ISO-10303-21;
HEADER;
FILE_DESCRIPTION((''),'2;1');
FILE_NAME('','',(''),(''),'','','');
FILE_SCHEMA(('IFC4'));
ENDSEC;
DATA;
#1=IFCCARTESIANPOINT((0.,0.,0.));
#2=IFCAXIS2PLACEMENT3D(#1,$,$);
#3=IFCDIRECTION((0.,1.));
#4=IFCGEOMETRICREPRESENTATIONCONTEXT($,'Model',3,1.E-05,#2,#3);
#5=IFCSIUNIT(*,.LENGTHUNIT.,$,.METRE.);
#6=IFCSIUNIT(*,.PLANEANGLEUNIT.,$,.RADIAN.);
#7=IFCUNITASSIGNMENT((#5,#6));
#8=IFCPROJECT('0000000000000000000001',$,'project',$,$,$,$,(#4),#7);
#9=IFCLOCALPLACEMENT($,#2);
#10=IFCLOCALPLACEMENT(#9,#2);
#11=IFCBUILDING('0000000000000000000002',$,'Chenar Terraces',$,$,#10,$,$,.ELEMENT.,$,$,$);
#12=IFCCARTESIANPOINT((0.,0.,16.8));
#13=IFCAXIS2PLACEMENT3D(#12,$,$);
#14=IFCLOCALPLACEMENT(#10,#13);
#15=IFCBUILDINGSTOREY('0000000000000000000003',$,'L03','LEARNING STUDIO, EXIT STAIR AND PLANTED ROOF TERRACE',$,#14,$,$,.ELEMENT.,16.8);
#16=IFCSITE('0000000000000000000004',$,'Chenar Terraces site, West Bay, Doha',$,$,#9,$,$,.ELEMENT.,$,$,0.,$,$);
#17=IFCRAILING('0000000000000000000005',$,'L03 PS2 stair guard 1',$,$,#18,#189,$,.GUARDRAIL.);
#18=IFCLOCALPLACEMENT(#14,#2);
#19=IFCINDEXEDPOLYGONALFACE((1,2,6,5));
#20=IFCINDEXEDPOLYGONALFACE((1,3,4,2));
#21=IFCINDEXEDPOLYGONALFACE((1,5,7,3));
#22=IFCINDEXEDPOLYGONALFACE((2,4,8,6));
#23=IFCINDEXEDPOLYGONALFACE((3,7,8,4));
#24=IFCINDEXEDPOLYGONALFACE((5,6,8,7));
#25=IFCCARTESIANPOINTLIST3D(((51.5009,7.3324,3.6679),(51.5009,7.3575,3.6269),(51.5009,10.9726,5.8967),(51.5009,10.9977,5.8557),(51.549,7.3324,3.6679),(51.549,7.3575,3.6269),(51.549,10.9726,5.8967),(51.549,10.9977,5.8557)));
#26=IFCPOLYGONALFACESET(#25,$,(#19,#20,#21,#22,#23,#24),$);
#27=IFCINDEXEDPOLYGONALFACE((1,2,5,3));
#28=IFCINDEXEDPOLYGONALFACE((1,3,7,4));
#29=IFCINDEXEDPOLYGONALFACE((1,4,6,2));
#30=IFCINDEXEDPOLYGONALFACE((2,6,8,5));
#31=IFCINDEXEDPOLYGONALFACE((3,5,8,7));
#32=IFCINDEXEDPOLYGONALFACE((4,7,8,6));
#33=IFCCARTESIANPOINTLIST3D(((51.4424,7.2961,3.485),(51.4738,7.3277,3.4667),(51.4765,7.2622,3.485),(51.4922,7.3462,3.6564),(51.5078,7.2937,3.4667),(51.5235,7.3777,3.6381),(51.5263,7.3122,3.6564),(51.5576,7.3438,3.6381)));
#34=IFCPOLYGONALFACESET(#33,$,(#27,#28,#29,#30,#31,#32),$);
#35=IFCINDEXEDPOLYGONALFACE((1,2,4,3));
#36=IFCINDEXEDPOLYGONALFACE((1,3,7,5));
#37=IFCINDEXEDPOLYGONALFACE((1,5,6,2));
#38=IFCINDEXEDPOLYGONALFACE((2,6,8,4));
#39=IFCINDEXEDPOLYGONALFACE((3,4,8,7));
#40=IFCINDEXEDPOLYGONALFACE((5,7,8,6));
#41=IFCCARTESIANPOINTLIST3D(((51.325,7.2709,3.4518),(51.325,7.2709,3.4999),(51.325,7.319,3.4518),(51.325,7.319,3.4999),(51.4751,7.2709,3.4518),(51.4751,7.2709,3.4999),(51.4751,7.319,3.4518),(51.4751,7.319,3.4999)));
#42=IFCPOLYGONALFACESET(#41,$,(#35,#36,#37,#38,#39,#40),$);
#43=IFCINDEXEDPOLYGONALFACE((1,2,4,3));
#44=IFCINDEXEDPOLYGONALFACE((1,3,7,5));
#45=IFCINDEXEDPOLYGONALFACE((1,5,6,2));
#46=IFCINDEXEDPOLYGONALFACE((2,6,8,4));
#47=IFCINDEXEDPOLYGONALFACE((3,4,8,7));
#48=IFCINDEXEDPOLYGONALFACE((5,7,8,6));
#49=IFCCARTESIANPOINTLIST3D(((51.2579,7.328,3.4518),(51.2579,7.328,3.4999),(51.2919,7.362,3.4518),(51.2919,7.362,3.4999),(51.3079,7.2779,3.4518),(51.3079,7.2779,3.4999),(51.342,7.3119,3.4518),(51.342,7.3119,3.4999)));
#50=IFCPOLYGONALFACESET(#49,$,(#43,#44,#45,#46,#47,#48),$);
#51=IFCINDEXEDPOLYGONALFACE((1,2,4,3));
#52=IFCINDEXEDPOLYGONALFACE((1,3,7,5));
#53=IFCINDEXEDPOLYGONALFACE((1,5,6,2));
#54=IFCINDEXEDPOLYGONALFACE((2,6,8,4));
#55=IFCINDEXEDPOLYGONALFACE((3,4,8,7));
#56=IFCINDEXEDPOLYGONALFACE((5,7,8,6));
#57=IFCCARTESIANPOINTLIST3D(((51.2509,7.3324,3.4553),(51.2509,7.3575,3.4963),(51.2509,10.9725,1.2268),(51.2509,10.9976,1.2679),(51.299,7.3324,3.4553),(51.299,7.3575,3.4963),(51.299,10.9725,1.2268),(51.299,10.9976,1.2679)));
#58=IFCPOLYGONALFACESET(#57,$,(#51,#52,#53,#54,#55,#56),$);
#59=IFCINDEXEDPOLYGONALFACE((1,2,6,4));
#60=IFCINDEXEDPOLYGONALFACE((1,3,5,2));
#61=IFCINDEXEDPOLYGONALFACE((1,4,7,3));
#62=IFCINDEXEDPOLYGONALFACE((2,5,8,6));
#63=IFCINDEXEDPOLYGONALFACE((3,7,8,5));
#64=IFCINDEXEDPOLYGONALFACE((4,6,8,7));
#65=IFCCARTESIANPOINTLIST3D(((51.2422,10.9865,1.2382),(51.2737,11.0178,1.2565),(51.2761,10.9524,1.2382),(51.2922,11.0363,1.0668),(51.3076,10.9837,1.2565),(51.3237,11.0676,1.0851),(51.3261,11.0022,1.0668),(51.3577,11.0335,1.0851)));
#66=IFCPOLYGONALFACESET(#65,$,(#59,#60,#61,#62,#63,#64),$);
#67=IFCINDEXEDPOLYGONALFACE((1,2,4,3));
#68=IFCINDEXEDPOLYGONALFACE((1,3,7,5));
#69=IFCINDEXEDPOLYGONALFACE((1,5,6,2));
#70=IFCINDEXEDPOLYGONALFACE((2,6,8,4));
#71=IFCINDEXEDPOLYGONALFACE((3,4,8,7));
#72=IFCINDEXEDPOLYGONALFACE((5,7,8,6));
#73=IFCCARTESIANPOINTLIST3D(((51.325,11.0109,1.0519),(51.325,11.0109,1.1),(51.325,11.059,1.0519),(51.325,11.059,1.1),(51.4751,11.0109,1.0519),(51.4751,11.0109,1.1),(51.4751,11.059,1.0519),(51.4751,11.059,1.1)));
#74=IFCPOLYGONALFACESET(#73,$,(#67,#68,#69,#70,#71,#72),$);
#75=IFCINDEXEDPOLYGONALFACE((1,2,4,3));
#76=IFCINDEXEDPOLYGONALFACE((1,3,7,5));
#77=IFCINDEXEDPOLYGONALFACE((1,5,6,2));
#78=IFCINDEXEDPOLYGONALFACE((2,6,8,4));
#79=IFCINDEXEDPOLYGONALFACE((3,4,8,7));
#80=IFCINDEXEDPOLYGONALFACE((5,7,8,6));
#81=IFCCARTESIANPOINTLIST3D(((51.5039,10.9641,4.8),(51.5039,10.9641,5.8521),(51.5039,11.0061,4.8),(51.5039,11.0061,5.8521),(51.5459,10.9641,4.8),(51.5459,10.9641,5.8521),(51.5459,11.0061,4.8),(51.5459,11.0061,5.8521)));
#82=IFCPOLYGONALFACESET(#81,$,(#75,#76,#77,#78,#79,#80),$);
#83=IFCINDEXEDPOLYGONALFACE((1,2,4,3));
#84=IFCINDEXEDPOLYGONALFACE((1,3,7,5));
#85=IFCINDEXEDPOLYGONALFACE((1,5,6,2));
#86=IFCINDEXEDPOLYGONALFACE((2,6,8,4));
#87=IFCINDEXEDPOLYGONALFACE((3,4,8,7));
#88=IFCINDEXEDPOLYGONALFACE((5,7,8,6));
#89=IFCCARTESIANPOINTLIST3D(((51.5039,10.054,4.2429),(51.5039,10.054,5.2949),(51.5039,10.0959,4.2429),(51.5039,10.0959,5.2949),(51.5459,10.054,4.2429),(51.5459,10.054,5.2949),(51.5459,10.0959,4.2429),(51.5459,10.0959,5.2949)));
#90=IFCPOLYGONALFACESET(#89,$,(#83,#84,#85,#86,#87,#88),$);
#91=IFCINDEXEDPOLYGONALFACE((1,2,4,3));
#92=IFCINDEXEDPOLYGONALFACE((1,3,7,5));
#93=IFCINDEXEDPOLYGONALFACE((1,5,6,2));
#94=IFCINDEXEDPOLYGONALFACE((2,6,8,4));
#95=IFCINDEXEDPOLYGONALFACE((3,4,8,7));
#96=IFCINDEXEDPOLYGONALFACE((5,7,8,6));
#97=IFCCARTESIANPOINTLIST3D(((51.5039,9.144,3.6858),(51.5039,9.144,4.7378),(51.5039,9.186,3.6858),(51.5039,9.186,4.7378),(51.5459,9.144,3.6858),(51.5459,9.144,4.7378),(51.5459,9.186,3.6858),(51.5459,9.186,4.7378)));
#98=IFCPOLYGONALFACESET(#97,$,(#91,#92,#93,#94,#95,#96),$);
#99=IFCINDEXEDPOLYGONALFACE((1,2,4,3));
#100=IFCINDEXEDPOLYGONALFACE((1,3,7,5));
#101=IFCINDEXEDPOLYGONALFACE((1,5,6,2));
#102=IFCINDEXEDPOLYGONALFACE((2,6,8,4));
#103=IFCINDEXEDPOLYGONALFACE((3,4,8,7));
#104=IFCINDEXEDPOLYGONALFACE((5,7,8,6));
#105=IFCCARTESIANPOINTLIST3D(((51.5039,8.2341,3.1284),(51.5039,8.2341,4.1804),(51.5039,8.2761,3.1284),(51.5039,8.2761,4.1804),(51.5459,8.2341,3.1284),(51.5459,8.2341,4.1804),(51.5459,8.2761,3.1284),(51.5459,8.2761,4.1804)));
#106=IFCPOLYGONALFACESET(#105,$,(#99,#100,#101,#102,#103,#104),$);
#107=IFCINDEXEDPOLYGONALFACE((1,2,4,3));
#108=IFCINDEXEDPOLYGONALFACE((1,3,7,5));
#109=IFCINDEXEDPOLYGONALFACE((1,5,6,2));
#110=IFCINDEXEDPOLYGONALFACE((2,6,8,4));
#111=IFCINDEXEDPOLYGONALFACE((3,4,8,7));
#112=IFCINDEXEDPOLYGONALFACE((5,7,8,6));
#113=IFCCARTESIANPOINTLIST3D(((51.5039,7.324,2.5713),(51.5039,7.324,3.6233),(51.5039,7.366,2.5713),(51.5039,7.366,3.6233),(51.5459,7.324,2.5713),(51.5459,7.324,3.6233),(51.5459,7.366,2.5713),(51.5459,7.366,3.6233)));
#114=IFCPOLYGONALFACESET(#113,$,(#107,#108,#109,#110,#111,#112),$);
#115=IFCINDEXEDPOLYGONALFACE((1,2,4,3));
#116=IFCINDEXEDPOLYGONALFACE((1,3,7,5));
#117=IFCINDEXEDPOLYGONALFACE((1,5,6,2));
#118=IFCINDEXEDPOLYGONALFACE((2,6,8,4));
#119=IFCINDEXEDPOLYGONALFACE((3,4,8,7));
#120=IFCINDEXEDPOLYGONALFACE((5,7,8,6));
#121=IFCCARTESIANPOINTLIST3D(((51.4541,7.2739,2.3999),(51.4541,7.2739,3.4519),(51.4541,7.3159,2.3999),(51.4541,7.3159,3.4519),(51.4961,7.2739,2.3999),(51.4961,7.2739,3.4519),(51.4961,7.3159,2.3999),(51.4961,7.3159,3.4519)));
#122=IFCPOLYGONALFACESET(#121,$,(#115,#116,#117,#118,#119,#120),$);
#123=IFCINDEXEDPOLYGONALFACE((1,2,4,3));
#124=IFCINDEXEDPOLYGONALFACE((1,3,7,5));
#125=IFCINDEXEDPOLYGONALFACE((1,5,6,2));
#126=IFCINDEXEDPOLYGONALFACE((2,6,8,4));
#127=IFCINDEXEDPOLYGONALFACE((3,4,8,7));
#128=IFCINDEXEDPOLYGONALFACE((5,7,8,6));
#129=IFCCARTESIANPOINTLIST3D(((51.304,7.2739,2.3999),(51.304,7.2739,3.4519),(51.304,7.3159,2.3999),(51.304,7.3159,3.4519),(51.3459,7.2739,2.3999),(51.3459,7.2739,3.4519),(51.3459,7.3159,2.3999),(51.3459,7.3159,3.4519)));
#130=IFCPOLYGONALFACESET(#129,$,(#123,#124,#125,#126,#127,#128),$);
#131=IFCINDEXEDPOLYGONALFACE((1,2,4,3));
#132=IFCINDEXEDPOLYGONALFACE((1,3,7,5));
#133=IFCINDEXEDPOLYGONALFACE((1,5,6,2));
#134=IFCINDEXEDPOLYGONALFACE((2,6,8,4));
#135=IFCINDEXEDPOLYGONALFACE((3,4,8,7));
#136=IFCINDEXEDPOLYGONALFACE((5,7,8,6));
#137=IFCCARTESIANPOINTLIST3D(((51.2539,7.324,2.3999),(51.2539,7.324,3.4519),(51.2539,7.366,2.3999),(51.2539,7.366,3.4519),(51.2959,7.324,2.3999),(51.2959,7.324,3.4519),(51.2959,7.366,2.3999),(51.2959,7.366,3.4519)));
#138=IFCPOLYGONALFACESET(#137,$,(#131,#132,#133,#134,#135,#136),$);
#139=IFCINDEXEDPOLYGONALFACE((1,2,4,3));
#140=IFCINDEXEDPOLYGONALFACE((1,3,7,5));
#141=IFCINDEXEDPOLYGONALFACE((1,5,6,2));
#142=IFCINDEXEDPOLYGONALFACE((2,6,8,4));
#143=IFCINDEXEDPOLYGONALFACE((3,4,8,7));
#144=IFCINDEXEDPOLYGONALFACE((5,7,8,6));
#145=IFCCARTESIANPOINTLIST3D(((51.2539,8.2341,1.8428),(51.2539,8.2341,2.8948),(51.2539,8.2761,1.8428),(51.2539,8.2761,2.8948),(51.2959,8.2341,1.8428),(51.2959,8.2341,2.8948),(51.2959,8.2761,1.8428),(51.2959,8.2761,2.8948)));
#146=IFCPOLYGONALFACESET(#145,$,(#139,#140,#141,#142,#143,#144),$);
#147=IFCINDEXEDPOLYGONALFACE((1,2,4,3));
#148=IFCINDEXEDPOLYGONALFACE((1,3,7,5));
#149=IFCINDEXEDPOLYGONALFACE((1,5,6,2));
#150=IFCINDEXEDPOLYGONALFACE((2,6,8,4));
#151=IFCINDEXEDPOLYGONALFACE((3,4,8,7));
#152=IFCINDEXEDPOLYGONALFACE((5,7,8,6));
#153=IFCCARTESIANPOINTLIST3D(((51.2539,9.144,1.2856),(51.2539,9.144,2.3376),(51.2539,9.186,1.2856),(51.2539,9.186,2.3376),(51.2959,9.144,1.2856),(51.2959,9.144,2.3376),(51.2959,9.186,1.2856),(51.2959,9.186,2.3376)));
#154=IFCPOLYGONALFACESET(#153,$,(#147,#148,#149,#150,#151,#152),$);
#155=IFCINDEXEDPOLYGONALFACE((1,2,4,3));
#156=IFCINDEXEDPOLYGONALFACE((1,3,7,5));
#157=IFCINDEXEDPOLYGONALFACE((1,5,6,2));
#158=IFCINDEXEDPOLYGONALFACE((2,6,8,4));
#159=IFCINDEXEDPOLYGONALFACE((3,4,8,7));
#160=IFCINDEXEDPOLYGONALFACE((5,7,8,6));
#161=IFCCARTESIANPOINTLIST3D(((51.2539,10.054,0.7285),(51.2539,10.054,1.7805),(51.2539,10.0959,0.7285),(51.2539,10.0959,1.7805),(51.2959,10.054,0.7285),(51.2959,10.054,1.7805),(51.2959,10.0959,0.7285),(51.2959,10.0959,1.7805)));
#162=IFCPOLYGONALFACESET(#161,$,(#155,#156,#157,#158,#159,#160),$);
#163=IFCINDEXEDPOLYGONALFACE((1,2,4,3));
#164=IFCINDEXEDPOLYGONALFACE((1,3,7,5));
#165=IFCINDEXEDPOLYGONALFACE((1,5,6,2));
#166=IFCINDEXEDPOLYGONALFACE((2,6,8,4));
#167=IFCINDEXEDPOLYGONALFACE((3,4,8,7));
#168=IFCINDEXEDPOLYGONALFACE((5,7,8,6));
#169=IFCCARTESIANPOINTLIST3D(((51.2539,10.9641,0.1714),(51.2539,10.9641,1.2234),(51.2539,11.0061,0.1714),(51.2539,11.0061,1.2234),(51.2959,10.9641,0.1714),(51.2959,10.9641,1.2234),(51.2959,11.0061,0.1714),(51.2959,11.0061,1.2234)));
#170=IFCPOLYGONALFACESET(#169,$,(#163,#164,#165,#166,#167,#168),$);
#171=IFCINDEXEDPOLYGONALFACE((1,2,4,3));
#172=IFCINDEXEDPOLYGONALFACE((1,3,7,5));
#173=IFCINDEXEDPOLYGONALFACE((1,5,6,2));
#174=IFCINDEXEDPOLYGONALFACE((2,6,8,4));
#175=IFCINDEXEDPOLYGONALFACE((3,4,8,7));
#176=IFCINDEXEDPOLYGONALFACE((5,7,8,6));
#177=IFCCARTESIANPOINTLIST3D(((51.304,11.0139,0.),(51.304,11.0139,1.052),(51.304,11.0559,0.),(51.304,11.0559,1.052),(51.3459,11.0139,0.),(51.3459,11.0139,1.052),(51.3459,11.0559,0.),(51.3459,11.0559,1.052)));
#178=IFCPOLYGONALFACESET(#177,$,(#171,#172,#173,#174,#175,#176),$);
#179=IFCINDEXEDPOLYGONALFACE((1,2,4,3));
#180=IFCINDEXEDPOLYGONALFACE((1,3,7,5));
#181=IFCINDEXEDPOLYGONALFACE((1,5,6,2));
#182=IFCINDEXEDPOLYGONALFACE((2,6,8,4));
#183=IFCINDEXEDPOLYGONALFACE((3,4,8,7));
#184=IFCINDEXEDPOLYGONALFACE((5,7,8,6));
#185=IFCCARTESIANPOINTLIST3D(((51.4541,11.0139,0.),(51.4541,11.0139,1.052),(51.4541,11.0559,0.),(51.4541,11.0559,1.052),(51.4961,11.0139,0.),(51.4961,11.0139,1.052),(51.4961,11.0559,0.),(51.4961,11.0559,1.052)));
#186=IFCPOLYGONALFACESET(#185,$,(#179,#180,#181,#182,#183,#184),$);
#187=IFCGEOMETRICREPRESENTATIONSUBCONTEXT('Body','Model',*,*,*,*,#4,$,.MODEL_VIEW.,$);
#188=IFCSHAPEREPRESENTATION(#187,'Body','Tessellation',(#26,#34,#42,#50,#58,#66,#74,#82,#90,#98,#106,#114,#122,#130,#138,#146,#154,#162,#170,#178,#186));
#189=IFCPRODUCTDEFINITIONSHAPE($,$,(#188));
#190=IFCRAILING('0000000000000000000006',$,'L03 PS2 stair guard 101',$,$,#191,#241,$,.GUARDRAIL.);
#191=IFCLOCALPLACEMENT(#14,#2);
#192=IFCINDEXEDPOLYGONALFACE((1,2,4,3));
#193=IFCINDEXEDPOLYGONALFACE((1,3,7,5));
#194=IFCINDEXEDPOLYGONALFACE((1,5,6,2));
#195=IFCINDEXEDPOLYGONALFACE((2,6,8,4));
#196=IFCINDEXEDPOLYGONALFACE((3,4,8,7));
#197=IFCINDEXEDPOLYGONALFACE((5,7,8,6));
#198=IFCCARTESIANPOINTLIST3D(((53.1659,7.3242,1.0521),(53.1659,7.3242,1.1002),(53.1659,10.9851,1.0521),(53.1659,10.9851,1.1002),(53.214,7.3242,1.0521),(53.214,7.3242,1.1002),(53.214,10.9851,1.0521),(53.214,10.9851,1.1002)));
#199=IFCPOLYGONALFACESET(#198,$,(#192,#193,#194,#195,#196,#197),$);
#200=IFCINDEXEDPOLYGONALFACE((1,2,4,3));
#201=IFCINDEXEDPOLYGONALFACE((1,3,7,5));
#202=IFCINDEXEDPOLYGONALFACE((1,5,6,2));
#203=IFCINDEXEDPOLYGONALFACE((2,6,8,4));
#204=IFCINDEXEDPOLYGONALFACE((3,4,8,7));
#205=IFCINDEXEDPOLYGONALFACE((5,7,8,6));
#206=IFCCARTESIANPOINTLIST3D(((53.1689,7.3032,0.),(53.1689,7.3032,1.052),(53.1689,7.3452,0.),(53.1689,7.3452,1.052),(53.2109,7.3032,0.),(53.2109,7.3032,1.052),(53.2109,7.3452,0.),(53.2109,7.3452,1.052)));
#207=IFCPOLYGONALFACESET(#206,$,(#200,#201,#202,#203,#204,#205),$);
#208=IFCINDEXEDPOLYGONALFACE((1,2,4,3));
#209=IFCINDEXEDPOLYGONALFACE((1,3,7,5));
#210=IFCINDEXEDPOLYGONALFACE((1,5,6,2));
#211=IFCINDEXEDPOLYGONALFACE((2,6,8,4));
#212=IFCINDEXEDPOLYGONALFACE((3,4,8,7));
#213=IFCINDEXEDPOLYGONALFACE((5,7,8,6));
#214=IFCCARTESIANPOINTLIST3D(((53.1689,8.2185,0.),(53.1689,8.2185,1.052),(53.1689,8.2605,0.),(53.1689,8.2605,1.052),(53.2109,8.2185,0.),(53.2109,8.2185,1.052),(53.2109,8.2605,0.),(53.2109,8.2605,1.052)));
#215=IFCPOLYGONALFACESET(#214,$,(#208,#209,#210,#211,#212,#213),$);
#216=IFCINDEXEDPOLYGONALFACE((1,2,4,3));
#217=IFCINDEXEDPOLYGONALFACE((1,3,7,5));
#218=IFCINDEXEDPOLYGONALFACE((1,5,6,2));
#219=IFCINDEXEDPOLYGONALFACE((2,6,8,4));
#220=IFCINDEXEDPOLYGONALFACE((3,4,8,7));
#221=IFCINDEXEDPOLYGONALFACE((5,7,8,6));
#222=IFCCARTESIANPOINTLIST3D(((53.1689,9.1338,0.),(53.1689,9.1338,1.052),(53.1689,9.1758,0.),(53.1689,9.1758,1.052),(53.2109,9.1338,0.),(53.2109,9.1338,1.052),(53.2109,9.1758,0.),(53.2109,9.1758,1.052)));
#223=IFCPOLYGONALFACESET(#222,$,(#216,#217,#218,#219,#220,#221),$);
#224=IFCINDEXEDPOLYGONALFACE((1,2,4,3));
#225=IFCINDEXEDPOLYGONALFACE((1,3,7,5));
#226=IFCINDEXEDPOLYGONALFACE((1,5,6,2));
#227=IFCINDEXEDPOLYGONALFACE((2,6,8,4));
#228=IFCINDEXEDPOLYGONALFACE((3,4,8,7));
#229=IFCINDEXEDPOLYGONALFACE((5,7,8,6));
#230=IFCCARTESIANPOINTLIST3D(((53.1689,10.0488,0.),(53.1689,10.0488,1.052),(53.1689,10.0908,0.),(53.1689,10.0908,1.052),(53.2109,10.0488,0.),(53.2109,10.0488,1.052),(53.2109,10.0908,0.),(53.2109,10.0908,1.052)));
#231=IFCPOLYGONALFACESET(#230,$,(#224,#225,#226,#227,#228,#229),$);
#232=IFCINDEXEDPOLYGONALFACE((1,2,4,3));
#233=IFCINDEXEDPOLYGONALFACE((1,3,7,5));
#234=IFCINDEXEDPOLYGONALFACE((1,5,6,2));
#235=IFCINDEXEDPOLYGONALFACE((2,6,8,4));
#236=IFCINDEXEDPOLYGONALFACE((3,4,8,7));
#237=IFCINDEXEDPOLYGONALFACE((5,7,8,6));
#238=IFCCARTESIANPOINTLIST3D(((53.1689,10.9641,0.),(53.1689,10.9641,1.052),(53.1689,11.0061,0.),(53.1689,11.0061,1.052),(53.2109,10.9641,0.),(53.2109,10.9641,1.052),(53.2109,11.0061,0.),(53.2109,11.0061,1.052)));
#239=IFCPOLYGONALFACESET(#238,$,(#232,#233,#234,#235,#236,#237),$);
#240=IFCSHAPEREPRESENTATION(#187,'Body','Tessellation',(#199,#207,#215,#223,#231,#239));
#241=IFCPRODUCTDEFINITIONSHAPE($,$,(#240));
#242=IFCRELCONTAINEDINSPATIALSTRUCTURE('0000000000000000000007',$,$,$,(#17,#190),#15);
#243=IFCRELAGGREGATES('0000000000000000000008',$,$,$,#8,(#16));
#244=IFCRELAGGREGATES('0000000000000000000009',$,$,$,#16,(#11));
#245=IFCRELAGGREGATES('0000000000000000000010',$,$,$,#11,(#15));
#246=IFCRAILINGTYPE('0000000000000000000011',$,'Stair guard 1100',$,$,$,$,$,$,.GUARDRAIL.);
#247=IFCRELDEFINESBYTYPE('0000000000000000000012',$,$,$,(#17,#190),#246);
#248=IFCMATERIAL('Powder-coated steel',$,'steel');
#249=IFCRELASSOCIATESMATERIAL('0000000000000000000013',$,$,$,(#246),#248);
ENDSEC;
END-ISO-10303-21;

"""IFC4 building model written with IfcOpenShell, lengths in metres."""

from ifc_helpers import new_model, si_unit, direction, frame, origin, origin_2d, place, context, subcontext, project, spatial, rectangle, extrude, material, type_object, element, save


model = new_model("IFC4")

# Units and contexts
model_context = context("Model", 3, precision=1e-05, world=origin(), true_north=direction((0.0, 1.0)))
body_context = subcontext(model_context, "Body", "Model", "MODEL_VIEW")
ifc_project = project(units=[si_unit("LENGTHUNIT", "METRE"), si_unit("PLANEANGLEUNIT", "RADIAN")], contexts=[model_context])

# Site, building, storey
site_placement = place(None, origin())
site = spatial("IfcSite", under=ifc_project, at=site_placement, Name="Chenar Terraces site, West Bay, Doha", CompositionType="ELEMENT", RefElevation=0.0)
building_placement = place(site_placement, origin())
building = spatial("IfcBuilding", under=site, at=building_placement, Name="Chenar Terraces", CompositionType="ELEMENT")
storey_placement = place(building_placement, frame((0.0, 0.0, 16.8)))
storey = spatial("IfcBuildingStorey", under=building, at=storey_placement, Name="L03", Description="LEARNING STUDIO, EXIT STAIR AND PLANTED ROOF TERRACE", CompositionType="ELEMENT", Elevation=16.8)

# Railings
ifc_material_1 = material(Name="Powder-coated steel", Category="steel")
railing_type_1 = type_object("IfcRailingType", Name="Stair guard 1100", PredefinedType="GUARDRAIL", material=ifc_material_1)
railing_1_placement = place(storey_placement, frame((51.5249, 10.9851, 4.8)))
element("IfcRailing", 1, at=railing_1_placement, inside=storey, type_object=railing_type_1, Name="L03 PS2 stair guard 1", PredefinedType="GUARDRAIL", context=body_context, shape_type="SweptSolid", body=[
    extrude(rectangle(XDim=0.0481, YDim=0.0481, at=origin_2d()), frame((0.0, 0.0, 1.0762), z_axis=(0.0, -0.85284, -0.522172), x_axis=(1.0, 0.0, 0.0)), (0.0, 0.0, 1.0), 4.2683),
    extrude(rectangle(XDim=0.0481, YDim=0.0481, at=origin_2d()), frame((0.0, -3.6401, -1.1528), z_axis=(-0.26869, -0.270007, -0.924609), x_axis=(0.708834, -0.705376, 0.0)), (0.0, 0.0, 1.0), 0.1853),
    extrude(rectangle(XDim=0.0481, YDim=0.0481, at=origin_2d()), frame((-0.0498, -3.6902, -1.3242), z_axis=(-1.0, 0.0, 0.0), x_axis=(0.0, -1.0, 0.0)), (0.0, 0.0, 1.0), 0.1501),
    extrude(rectangle(XDim=0.0481, YDim=0.0481, at=origin_2d()), frame((-0.2, -3.6902, -1.3242), z_axis=(-0.707107, 0.707107, 0.0), x_axis=(-0.707107, -0.707107, 0.0)), (0.0, 0.0, 1.0), 0.0708),
    extrude(rectangle(XDim=0.0481, YDim=0.0481, at=origin_2d()), frame((-0.25, -3.6401, -1.3242), z_axis=(0.0, 0.852866, -0.52213), x_axis=(-1.0, 0.0, 0.0)), (0.0, 0.0, 1.0), 4.2681),
    extrude(rectangle(XDim=0.0481, YDim=0.0481, at=origin_2d()), frame((-0.25, 0.0, -3.5527), z_axis=(0.270007, 0.26869, -0.924609), x_axis=(-0.705376, 0.708834, 0.0)), (0.0, 0.0, 1.0), 0.1853),
    extrude(rectangle(XDim=0.0481, YDim=0.0481, at=origin_2d()), frame((-0.2, 0.0498, -3.7241), z_axis=(1.0, 0.0, 0.0), x_axis=(0.0, 1.0, 0.0)), (0.0, 0.0, 1.0), 0.1501),
    extrude(rectangle(XDim=0.042, YDim=0.042, at=origin_2d()), origin(), (0.0, 0.0, 1.0), 1.052),
    extrude(rectangle(XDim=0.042, YDim=0.042, at=origin_2d()), frame((0.0, -0.9102, -0.5571)), (0.0, 0.0, 1.0), 1.052),
    extrude(rectangle(XDim=0.042, YDim=0.042, at=origin_2d()), frame((0.0, -1.8201, -1.1143)), (0.0, 0.0, 1.0), 1.052),
    extrude(rectangle(XDim=0.042, YDim=0.042, at=origin_2d()), frame((0.0, -2.73, -1.6716)), (0.0, 0.0, 1.0), 1.052),
    extrude(rectangle(XDim=0.042, YDim=0.042, at=origin_2d()), frame((0.0, -3.6401, -2.2288)), (0.0, 0.0, 1.0), 1.052),
    extrude(rectangle(XDim=0.042, YDim=0.042, at=origin_2d()), frame((-0.0498, -3.6902, -2.4001)), (0.0, 0.0, 1.0), 1.052),
    extrude(rectangle(XDim=0.042, YDim=0.042, at=origin_2d()), frame((-0.2, -3.6902, -2.4001)), (0.0, 0.0, 1.0), 1.052),
    extrude(rectangle(XDim=0.042, YDim=0.042, at=origin_2d()), frame((-0.25, -3.6401, -2.4001)), (0.0, 0.0, 1.0), 1.052),
    extrude(rectangle(XDim=0.042, YDim=0.042, at=origin_2d()), frame((-0.25, -2.73, -2.9573)), (0.0, 0.0, 1.0), 1.052),
    extrude(rectangle(XDim=0.042, YDim=0.042, at=origin_2d()), frame((-0.25, -1.8201, -3.5144)), (0.0, 0.0, 1.0), 1.052),
    extrude(rectangle(XDim=0.042, YDim=0.042, at=origin_2d()), frame((-0.25, -0.9102, -4.0715)), (0.0, 0.0, 1.0), 1.052),
    extrude(rectangle(XDim=0.042, YDim=0.042, at=origin_2d()), frame((-0.25, 0.0, -4.6287)), (0.0, 0.0, 1.0), 1.052),
    extrude(rectangle(XDim=0.042, YDim=0.042, at=origin_2d()), frame((-0.2, 0.0498, -4.8)), (0.0, 0.0, 1.0), 1.052),
    extrude(rectangle(XDim=0.042, YDim=0.042, at=origin_2d()), frame((-0.0498, 0.0498, -4.8)), (0.0, 0.0, 1.0), 1.052),
])
railing_2_placement = place(storey_placement, frame((53.1899, 7.3242, 0.0)))
element("IfcRailing", 2, at=railing_2_placement, inside=storey, type_object=railing_type_1, Name="L03 PS2 stair guard 101", PredefinedType="GUARDRAIL", context=body_context, shape_type="SweptSolid", body=[
    extrude(rectangle(XDim=0.0481, YDim=0.0481, at=origin_2d()), frame((0.0, 0.0, 1.0762), z_axis=(0.0, 1.0, 0.0), x_axis=(-1.0, 0.0, 0.0)), (0.0, 0.0, 1.0), 3.6609),
    extrude(rectangle(XDim=0.042, YDim=0.042, at=origin_2d()), origin(), (0.0, 0.0, 1.0), 1.052),
    extrude(rectangle(XDim=0.042, YDim=0.042, at=origin_2d()), frame((0.0, 0.9153, 0.0)), (0.0, 0.0, 1.0), 1.052),
    extrude(rectangle(XDim=0.042, YDim=0.042, at=origin_2d()), frame((0.0, 1.8306, 0.0)), (0.0, 0.0, 1.0), 1.052),
    extrude(rectangle(XDim=0.042, YDim=0.042, at=origin_2d()), frame((0.0, 2.7456, 0.0)), (0.0, 0.0, 1.0), 1.052),
    extrude(rectangle(XDim=0.042, YDim=0.042, at=origin_2d()), frame((0.0, 3.6609, 0.0)), (0.0, 0.0, 1.0), 1.052),
])

save(model, "model.ifc")
